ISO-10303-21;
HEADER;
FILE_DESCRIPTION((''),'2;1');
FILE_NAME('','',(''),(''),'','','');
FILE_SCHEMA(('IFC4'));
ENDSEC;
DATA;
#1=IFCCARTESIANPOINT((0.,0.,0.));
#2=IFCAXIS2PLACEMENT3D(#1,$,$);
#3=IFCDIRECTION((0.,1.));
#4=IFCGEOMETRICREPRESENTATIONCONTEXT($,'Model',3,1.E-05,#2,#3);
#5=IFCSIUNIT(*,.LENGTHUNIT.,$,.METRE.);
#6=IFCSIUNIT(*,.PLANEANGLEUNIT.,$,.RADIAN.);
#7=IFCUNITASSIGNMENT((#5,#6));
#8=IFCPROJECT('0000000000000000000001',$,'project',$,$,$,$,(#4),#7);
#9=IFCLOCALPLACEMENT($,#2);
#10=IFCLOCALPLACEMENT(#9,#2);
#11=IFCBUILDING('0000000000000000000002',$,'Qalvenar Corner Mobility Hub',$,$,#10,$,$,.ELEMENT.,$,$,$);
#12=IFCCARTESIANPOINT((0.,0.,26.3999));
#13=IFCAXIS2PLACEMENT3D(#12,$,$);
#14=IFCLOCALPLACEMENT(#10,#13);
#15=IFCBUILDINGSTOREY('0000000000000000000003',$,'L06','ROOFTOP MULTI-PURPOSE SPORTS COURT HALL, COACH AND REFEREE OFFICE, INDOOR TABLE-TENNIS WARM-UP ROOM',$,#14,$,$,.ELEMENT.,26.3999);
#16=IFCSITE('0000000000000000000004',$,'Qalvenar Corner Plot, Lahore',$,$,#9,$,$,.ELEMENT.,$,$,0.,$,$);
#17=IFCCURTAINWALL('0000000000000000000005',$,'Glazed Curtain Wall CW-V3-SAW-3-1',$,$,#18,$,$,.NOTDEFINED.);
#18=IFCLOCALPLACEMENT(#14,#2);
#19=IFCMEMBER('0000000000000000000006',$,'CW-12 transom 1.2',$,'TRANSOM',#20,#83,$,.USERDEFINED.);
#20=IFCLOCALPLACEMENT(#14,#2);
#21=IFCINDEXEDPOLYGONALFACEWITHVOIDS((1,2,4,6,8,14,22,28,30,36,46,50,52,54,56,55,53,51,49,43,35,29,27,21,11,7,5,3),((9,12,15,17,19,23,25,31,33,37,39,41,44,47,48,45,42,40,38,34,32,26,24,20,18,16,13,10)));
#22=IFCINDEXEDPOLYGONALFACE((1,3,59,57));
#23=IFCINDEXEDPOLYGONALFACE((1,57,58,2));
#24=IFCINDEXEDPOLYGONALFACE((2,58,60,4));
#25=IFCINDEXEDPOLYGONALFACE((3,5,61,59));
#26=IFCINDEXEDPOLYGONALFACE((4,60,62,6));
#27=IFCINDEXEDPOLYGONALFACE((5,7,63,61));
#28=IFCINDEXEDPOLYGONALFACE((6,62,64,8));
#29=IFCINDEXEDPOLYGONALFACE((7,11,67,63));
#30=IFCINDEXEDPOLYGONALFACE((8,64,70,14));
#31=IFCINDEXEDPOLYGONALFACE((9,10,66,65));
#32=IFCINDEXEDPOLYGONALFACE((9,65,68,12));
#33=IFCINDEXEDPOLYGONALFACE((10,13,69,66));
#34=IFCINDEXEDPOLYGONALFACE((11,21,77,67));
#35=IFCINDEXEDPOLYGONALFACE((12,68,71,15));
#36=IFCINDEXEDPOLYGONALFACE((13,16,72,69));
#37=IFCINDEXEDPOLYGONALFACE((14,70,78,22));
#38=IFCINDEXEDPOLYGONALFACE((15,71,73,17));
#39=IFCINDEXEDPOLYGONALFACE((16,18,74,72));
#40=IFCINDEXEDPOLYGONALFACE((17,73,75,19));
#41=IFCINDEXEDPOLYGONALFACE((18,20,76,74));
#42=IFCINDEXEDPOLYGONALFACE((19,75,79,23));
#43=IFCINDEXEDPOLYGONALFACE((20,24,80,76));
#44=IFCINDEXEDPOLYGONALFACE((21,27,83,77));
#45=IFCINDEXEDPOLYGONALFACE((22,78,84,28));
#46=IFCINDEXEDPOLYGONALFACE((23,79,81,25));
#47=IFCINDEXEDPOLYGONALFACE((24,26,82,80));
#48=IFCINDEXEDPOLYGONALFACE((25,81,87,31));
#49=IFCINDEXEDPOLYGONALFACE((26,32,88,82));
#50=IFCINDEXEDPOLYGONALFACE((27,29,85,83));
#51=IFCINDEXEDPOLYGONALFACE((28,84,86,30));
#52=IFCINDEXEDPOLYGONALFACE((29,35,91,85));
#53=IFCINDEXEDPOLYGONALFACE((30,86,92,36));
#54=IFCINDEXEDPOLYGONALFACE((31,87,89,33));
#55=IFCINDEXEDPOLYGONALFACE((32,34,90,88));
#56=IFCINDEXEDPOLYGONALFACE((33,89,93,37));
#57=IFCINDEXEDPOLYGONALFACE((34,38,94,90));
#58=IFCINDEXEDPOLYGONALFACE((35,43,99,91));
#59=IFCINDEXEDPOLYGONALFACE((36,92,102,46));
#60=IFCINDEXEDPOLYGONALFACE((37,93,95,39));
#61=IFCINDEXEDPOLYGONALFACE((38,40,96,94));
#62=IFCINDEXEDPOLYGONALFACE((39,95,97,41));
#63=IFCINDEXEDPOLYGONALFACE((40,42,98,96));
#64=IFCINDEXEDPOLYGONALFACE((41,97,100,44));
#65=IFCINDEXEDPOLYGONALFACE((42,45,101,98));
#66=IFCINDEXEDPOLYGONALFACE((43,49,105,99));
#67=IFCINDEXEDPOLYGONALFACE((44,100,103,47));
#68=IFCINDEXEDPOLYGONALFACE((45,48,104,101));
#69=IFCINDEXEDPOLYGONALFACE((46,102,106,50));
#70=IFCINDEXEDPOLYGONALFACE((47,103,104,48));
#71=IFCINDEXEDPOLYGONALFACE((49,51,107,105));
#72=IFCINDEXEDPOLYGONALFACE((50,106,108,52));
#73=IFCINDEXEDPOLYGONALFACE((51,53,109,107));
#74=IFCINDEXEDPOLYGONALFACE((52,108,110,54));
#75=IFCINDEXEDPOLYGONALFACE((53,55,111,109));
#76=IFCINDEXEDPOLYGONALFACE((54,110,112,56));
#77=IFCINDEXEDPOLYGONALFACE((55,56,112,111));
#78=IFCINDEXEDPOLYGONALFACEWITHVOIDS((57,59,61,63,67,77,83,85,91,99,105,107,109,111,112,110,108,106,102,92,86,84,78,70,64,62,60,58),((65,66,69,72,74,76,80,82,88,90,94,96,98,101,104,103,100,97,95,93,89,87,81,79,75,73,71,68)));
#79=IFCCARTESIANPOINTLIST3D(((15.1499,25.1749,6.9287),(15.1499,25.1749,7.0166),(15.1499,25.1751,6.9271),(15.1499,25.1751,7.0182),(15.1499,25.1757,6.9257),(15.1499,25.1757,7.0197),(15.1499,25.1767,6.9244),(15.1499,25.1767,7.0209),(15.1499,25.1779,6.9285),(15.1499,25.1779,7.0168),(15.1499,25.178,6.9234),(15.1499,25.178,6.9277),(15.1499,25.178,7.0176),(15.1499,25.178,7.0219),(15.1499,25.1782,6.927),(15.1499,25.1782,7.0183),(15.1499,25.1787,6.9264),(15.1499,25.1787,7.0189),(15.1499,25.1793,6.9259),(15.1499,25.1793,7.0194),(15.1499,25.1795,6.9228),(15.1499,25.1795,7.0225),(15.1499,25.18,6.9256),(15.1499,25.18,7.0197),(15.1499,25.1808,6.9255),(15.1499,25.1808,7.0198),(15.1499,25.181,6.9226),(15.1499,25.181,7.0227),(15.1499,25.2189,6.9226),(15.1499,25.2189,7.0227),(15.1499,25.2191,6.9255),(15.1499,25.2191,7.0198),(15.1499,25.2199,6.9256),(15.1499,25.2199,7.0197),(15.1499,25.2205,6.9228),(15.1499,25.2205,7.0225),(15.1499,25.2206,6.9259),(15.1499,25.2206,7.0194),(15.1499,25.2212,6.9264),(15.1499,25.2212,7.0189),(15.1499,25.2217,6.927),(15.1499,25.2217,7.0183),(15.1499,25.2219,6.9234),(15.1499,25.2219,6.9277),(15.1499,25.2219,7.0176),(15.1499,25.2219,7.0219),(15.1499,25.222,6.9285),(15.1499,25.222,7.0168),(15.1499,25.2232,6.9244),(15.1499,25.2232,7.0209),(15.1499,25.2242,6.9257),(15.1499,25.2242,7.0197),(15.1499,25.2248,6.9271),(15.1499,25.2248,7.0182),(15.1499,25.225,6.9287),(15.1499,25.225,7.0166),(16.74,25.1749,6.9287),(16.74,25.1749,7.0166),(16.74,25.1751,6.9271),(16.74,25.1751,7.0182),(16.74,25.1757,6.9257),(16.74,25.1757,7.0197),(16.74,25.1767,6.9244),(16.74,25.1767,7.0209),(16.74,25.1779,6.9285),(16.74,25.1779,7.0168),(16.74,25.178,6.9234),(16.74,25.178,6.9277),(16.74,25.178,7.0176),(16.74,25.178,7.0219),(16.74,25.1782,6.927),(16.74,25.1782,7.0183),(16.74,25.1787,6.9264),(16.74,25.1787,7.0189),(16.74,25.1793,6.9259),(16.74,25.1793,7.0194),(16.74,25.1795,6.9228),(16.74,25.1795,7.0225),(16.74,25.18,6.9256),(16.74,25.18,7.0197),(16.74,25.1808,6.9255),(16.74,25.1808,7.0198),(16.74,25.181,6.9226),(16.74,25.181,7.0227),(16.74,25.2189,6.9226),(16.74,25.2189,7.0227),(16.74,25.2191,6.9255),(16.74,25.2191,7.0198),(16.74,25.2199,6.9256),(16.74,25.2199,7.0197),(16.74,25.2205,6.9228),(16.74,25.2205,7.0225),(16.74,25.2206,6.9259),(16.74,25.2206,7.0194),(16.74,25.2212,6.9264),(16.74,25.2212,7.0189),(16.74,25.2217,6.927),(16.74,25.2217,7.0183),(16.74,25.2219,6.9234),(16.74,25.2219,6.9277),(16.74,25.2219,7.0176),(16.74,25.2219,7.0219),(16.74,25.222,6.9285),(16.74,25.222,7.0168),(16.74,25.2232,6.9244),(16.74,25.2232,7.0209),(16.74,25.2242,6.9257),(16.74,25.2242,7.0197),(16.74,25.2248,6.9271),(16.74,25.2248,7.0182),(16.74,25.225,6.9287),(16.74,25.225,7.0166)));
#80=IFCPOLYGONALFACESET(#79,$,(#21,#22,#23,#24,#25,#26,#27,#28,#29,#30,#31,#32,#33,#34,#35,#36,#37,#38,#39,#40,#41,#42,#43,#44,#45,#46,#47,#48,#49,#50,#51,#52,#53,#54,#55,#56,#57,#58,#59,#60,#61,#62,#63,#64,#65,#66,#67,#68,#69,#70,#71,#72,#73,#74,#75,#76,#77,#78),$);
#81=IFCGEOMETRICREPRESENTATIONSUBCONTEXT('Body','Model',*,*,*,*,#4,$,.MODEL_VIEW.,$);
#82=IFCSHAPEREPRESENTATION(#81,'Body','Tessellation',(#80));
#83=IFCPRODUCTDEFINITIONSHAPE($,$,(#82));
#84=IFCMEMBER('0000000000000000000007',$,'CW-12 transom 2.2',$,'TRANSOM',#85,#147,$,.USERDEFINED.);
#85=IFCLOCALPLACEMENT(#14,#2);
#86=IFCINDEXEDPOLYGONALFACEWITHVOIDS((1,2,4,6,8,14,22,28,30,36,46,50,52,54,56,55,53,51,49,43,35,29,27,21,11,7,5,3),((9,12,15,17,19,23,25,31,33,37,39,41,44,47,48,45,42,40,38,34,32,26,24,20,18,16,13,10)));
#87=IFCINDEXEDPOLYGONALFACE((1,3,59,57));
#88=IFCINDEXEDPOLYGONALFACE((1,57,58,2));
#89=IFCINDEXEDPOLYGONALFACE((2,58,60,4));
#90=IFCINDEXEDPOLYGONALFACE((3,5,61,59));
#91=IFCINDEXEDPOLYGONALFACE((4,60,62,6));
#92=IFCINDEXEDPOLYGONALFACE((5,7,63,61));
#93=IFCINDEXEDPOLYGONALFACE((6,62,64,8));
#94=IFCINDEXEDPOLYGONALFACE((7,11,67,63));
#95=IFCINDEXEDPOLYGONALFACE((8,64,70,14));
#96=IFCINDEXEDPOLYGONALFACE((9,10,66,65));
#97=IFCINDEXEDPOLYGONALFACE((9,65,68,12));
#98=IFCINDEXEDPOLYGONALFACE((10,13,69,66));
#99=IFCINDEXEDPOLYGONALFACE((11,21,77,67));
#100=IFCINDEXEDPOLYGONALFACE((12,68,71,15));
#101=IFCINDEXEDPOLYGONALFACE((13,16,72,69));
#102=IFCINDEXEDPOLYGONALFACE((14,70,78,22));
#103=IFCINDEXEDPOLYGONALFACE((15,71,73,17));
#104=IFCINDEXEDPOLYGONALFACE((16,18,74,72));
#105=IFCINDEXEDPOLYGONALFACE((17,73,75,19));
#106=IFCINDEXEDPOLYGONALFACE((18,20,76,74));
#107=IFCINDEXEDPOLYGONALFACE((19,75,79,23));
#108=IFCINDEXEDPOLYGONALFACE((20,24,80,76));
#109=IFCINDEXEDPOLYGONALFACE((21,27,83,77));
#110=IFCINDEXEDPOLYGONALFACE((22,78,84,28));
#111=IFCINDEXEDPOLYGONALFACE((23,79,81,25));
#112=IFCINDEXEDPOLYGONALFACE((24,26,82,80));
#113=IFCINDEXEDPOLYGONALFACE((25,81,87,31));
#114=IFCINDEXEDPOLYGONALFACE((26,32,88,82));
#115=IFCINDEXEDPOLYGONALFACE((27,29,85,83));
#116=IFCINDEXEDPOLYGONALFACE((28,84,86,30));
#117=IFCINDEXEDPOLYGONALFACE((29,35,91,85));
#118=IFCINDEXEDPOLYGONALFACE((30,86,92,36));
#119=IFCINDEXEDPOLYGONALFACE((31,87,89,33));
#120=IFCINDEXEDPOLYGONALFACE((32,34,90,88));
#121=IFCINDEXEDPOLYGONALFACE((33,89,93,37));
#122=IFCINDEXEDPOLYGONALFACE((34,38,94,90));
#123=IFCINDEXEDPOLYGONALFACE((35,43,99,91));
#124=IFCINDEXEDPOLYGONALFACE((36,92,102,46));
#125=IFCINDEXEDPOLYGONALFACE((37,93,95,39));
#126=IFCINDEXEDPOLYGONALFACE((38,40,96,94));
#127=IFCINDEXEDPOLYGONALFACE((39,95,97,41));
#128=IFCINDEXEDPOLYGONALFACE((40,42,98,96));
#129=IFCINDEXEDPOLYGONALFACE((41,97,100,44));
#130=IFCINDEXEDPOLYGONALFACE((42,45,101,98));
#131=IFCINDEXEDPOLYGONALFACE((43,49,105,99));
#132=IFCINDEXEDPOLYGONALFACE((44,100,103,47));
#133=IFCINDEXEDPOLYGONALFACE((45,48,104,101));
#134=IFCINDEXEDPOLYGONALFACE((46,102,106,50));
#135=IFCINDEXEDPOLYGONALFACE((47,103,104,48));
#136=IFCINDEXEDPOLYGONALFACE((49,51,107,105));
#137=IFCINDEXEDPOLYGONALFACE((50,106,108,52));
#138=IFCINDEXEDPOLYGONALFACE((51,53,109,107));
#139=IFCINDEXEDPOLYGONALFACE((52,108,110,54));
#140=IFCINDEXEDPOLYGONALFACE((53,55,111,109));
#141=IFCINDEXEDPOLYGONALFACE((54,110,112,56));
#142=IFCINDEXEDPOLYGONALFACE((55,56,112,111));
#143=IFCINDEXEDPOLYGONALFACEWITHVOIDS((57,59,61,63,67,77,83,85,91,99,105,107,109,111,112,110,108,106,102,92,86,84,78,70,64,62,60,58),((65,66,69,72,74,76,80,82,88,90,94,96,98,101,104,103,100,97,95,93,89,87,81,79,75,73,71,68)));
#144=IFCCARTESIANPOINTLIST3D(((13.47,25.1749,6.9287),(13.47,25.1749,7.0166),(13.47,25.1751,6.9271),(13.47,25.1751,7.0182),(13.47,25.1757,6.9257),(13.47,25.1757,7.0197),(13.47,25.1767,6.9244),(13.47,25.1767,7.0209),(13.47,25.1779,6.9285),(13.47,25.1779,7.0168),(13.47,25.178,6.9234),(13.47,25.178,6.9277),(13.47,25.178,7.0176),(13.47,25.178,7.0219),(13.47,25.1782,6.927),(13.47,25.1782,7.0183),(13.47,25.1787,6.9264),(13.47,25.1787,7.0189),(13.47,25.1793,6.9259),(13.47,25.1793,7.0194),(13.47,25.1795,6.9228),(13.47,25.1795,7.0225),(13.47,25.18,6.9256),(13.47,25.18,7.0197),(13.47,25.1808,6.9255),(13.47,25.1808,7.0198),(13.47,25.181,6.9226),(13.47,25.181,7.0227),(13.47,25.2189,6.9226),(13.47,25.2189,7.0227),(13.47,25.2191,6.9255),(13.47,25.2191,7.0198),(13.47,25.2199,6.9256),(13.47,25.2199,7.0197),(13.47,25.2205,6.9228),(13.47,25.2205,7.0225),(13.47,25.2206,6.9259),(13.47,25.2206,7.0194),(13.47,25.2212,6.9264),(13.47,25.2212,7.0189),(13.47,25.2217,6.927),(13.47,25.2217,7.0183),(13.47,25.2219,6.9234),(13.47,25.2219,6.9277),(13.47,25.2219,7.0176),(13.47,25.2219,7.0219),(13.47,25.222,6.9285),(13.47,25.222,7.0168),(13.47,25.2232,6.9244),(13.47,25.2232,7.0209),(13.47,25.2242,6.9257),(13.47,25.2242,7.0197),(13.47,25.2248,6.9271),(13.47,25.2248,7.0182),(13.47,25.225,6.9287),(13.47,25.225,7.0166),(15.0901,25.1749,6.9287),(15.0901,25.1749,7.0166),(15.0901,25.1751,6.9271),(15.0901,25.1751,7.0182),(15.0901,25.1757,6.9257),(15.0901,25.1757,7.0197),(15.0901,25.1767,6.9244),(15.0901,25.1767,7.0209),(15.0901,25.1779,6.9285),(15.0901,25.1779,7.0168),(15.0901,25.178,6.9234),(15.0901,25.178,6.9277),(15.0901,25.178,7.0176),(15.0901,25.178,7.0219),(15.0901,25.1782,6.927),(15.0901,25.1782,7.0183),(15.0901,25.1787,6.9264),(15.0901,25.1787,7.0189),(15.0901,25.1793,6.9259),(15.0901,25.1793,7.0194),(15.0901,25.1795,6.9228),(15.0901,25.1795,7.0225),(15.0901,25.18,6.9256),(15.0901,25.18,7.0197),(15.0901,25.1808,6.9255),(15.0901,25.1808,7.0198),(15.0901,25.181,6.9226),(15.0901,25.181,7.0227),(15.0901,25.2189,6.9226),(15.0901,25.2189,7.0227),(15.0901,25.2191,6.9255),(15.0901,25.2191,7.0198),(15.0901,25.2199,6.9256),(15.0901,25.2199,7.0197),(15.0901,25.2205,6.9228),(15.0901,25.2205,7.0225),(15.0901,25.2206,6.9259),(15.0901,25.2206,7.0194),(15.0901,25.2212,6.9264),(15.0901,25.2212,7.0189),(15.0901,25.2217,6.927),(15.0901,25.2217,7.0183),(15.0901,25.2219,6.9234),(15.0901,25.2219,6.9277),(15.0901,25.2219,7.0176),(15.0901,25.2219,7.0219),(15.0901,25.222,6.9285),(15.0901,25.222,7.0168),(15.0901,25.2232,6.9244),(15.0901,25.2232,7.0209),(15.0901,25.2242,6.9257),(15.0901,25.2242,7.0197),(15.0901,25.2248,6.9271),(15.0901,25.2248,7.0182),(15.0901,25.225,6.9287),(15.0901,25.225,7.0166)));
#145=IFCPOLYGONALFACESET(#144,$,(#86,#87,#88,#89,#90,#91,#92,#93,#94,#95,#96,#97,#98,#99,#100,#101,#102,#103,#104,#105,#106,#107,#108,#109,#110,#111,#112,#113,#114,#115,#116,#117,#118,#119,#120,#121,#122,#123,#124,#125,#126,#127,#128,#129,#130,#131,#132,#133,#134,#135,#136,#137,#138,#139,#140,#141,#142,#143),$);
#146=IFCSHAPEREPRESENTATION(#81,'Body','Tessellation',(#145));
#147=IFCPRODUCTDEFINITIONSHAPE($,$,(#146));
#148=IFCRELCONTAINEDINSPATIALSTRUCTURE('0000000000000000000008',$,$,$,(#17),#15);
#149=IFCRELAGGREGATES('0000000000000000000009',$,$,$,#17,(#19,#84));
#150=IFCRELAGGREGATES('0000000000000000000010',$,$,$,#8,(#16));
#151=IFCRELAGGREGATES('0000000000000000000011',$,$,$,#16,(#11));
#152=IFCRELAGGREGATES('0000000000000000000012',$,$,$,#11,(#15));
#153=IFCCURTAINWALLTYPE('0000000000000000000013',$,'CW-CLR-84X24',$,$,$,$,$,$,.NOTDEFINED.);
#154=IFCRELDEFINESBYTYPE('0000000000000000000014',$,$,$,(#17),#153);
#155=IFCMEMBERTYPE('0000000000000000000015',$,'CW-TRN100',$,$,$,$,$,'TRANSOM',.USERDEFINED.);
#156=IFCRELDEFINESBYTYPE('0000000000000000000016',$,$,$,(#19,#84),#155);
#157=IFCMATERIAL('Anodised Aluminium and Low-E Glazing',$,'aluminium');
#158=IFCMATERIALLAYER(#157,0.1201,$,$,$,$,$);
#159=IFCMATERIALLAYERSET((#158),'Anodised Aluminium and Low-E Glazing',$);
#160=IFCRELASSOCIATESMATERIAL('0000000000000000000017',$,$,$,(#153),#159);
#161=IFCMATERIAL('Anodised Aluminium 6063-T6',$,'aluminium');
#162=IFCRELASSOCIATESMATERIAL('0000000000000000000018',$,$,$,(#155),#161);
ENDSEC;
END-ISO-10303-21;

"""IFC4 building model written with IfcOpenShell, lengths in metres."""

from ifc_helpers import new_model, si_unit, direction, frame, origin, origin_2d, place, context, subcontext, project, spatial, hollow_rectangle, extrude, material, layer, layer_set, material_profile, profile_set, type_object, element, aggregate, save


model = new_model("IFC4")

# Units and contexts
model_context = context("Model", 3, precision=1e-05, world=origin(), true_north=direction((0.0, 1.0)))
body_context = subcontext(model_context, "Body", "Model", "MODEL_VIEW")
ifc_project = project(units=[si_unit("LENGTHUNIT", "METRE"), si_unit("PLANEANGLEUNIT", "RADIAN")], contexts=[model_context])

# Site, building, storey
site_placement = place(None, origin())
site = spatial("IfcSite", under=ifc_project, at=site_placement, Name="Qalvenar Corner Plot, Lahore", CompositionType="ELEMENT", RefElevation=0.0)
building_placement = place(site_placement, origin())
building = spatial("IfcBuilding", under=site, at=building_placement, Name="Qalvenar Corner Mobility Hub", CompositionType="ELEMENT")
storey_placement = place(building_placement, frame((0.0, 0.0, 26.3999)))
storey = spatial("IfcBuildingStorey", under=building, at=storey_placement, Name="L06", Description="ROOFTOP MULTI-PURPOSE SPORTS COURT HALL, COACH AND REFEREE OFFICE, INDOOR TABLE-TENNIS WARM-UP ROOM", CompositionType="ELEMENT", Elevation=26.3999)

# Curtain wall
ifc_material_1 = material(Name="Anodised Aluminium and Low-E Glazing", Category="aluminium")
ifc_layer_1 = layer(ifc_material_1, 0.1201)
ifc_layer_set_1 = layer_set([ifc_layer_1], Name="Anodised Aluminium and Low-E Glazing")
curtain_wall_type = type_object("IfcCurtainWallType", Name="CW-CLR-84X24", PredefinedType="NOTDEFINED", material=ifc_layer_set_1)
ifc_material_2 = material(Name="Anodised Aluminium 6063-T6", Category="aluminium")
curtain_wall_1_placement = place(storey_placement, origin())
curtain_wall_1 = element("IfcCurtainWall", 1, at=curtain_wall_1_placement, inside=storey, type_object=curtain_wall_type, Name="Glazed Curtain Wall CW-V3-SAW-3-1", PredefinedType="NOTDEFINED")

# Members
ifc_material_profile_1 = material_profile(ifc_material_2, hollow_rectangle(XDim=0.05, YDim=0.1001, WallThickness=0.0029, InnerFilletRadius=0.0029, OuterFilletRadius=0.0061, at=origin_2d()), Name="RHS100x50x3")
ifc_profile_set_1 = profile_set([ifc_material_profile_1], Name="Anodised Aluminium 6063-T6")
member_type_1 = type_object("IfcMemberType", Name="CW-TRN100", ElementType="TRANSOM", PredefinedType="USERDEFINED", material=ifc_profile_set_1)
member_1_placement = place(storey_placement, frame((16.74, 25.2, 6.9727), z_axis=(-1.0, 0.0, 0.0), x_axis=(0.0, -1.0, 0.0)))
member_1 = element("IfcMember", 2, at=member_1_placement, type_object=member_type_1, Name="CW-12 transom 1.2", ObjectType="TRANSOM", PredefinedType="USERDEFINED", context=body_context, shape_type="SweptSolid", body=[
    extrude(hollow_rectangle(XDim=0.05, YDim=0.1001, WallThickness=0.0029, InnerFilletRadius=0.0029, OuterFilletRadius=0.0061, at=origin_2d()), origin(), (0.0, 0.0, 1.0), 1.5901),
])
member_2_placement = place(storey_placement, frame((15.0901, 25.2, 6.9727), z_axis=(-1.0, 0.0, 0.0), x_axis=(0.0, -1.0, 0.0)))
member_2 = element("IfcMember", 3, at=member_2_placement, type_object=member_type_1, Name="CW-12 transom 2.2", ObjectType="TRANSOM", PredefinedType="USERDEFINED", context=body_context, shape_type="SweptSolid", body=[
    extrude(hollow_rectangle(XDim=0.05, YDim=0.1001, WallThickness=0.0029, InnerFilletRadius=0.0029, OuterFilletRadius=0.0061, at=origin_2d()), origin(), (0.0, 0.0, 1.0), 1.6201),
])

aggregate(curtain_wall_1, [member_1, member_2])

save(model, "model.ifc")
